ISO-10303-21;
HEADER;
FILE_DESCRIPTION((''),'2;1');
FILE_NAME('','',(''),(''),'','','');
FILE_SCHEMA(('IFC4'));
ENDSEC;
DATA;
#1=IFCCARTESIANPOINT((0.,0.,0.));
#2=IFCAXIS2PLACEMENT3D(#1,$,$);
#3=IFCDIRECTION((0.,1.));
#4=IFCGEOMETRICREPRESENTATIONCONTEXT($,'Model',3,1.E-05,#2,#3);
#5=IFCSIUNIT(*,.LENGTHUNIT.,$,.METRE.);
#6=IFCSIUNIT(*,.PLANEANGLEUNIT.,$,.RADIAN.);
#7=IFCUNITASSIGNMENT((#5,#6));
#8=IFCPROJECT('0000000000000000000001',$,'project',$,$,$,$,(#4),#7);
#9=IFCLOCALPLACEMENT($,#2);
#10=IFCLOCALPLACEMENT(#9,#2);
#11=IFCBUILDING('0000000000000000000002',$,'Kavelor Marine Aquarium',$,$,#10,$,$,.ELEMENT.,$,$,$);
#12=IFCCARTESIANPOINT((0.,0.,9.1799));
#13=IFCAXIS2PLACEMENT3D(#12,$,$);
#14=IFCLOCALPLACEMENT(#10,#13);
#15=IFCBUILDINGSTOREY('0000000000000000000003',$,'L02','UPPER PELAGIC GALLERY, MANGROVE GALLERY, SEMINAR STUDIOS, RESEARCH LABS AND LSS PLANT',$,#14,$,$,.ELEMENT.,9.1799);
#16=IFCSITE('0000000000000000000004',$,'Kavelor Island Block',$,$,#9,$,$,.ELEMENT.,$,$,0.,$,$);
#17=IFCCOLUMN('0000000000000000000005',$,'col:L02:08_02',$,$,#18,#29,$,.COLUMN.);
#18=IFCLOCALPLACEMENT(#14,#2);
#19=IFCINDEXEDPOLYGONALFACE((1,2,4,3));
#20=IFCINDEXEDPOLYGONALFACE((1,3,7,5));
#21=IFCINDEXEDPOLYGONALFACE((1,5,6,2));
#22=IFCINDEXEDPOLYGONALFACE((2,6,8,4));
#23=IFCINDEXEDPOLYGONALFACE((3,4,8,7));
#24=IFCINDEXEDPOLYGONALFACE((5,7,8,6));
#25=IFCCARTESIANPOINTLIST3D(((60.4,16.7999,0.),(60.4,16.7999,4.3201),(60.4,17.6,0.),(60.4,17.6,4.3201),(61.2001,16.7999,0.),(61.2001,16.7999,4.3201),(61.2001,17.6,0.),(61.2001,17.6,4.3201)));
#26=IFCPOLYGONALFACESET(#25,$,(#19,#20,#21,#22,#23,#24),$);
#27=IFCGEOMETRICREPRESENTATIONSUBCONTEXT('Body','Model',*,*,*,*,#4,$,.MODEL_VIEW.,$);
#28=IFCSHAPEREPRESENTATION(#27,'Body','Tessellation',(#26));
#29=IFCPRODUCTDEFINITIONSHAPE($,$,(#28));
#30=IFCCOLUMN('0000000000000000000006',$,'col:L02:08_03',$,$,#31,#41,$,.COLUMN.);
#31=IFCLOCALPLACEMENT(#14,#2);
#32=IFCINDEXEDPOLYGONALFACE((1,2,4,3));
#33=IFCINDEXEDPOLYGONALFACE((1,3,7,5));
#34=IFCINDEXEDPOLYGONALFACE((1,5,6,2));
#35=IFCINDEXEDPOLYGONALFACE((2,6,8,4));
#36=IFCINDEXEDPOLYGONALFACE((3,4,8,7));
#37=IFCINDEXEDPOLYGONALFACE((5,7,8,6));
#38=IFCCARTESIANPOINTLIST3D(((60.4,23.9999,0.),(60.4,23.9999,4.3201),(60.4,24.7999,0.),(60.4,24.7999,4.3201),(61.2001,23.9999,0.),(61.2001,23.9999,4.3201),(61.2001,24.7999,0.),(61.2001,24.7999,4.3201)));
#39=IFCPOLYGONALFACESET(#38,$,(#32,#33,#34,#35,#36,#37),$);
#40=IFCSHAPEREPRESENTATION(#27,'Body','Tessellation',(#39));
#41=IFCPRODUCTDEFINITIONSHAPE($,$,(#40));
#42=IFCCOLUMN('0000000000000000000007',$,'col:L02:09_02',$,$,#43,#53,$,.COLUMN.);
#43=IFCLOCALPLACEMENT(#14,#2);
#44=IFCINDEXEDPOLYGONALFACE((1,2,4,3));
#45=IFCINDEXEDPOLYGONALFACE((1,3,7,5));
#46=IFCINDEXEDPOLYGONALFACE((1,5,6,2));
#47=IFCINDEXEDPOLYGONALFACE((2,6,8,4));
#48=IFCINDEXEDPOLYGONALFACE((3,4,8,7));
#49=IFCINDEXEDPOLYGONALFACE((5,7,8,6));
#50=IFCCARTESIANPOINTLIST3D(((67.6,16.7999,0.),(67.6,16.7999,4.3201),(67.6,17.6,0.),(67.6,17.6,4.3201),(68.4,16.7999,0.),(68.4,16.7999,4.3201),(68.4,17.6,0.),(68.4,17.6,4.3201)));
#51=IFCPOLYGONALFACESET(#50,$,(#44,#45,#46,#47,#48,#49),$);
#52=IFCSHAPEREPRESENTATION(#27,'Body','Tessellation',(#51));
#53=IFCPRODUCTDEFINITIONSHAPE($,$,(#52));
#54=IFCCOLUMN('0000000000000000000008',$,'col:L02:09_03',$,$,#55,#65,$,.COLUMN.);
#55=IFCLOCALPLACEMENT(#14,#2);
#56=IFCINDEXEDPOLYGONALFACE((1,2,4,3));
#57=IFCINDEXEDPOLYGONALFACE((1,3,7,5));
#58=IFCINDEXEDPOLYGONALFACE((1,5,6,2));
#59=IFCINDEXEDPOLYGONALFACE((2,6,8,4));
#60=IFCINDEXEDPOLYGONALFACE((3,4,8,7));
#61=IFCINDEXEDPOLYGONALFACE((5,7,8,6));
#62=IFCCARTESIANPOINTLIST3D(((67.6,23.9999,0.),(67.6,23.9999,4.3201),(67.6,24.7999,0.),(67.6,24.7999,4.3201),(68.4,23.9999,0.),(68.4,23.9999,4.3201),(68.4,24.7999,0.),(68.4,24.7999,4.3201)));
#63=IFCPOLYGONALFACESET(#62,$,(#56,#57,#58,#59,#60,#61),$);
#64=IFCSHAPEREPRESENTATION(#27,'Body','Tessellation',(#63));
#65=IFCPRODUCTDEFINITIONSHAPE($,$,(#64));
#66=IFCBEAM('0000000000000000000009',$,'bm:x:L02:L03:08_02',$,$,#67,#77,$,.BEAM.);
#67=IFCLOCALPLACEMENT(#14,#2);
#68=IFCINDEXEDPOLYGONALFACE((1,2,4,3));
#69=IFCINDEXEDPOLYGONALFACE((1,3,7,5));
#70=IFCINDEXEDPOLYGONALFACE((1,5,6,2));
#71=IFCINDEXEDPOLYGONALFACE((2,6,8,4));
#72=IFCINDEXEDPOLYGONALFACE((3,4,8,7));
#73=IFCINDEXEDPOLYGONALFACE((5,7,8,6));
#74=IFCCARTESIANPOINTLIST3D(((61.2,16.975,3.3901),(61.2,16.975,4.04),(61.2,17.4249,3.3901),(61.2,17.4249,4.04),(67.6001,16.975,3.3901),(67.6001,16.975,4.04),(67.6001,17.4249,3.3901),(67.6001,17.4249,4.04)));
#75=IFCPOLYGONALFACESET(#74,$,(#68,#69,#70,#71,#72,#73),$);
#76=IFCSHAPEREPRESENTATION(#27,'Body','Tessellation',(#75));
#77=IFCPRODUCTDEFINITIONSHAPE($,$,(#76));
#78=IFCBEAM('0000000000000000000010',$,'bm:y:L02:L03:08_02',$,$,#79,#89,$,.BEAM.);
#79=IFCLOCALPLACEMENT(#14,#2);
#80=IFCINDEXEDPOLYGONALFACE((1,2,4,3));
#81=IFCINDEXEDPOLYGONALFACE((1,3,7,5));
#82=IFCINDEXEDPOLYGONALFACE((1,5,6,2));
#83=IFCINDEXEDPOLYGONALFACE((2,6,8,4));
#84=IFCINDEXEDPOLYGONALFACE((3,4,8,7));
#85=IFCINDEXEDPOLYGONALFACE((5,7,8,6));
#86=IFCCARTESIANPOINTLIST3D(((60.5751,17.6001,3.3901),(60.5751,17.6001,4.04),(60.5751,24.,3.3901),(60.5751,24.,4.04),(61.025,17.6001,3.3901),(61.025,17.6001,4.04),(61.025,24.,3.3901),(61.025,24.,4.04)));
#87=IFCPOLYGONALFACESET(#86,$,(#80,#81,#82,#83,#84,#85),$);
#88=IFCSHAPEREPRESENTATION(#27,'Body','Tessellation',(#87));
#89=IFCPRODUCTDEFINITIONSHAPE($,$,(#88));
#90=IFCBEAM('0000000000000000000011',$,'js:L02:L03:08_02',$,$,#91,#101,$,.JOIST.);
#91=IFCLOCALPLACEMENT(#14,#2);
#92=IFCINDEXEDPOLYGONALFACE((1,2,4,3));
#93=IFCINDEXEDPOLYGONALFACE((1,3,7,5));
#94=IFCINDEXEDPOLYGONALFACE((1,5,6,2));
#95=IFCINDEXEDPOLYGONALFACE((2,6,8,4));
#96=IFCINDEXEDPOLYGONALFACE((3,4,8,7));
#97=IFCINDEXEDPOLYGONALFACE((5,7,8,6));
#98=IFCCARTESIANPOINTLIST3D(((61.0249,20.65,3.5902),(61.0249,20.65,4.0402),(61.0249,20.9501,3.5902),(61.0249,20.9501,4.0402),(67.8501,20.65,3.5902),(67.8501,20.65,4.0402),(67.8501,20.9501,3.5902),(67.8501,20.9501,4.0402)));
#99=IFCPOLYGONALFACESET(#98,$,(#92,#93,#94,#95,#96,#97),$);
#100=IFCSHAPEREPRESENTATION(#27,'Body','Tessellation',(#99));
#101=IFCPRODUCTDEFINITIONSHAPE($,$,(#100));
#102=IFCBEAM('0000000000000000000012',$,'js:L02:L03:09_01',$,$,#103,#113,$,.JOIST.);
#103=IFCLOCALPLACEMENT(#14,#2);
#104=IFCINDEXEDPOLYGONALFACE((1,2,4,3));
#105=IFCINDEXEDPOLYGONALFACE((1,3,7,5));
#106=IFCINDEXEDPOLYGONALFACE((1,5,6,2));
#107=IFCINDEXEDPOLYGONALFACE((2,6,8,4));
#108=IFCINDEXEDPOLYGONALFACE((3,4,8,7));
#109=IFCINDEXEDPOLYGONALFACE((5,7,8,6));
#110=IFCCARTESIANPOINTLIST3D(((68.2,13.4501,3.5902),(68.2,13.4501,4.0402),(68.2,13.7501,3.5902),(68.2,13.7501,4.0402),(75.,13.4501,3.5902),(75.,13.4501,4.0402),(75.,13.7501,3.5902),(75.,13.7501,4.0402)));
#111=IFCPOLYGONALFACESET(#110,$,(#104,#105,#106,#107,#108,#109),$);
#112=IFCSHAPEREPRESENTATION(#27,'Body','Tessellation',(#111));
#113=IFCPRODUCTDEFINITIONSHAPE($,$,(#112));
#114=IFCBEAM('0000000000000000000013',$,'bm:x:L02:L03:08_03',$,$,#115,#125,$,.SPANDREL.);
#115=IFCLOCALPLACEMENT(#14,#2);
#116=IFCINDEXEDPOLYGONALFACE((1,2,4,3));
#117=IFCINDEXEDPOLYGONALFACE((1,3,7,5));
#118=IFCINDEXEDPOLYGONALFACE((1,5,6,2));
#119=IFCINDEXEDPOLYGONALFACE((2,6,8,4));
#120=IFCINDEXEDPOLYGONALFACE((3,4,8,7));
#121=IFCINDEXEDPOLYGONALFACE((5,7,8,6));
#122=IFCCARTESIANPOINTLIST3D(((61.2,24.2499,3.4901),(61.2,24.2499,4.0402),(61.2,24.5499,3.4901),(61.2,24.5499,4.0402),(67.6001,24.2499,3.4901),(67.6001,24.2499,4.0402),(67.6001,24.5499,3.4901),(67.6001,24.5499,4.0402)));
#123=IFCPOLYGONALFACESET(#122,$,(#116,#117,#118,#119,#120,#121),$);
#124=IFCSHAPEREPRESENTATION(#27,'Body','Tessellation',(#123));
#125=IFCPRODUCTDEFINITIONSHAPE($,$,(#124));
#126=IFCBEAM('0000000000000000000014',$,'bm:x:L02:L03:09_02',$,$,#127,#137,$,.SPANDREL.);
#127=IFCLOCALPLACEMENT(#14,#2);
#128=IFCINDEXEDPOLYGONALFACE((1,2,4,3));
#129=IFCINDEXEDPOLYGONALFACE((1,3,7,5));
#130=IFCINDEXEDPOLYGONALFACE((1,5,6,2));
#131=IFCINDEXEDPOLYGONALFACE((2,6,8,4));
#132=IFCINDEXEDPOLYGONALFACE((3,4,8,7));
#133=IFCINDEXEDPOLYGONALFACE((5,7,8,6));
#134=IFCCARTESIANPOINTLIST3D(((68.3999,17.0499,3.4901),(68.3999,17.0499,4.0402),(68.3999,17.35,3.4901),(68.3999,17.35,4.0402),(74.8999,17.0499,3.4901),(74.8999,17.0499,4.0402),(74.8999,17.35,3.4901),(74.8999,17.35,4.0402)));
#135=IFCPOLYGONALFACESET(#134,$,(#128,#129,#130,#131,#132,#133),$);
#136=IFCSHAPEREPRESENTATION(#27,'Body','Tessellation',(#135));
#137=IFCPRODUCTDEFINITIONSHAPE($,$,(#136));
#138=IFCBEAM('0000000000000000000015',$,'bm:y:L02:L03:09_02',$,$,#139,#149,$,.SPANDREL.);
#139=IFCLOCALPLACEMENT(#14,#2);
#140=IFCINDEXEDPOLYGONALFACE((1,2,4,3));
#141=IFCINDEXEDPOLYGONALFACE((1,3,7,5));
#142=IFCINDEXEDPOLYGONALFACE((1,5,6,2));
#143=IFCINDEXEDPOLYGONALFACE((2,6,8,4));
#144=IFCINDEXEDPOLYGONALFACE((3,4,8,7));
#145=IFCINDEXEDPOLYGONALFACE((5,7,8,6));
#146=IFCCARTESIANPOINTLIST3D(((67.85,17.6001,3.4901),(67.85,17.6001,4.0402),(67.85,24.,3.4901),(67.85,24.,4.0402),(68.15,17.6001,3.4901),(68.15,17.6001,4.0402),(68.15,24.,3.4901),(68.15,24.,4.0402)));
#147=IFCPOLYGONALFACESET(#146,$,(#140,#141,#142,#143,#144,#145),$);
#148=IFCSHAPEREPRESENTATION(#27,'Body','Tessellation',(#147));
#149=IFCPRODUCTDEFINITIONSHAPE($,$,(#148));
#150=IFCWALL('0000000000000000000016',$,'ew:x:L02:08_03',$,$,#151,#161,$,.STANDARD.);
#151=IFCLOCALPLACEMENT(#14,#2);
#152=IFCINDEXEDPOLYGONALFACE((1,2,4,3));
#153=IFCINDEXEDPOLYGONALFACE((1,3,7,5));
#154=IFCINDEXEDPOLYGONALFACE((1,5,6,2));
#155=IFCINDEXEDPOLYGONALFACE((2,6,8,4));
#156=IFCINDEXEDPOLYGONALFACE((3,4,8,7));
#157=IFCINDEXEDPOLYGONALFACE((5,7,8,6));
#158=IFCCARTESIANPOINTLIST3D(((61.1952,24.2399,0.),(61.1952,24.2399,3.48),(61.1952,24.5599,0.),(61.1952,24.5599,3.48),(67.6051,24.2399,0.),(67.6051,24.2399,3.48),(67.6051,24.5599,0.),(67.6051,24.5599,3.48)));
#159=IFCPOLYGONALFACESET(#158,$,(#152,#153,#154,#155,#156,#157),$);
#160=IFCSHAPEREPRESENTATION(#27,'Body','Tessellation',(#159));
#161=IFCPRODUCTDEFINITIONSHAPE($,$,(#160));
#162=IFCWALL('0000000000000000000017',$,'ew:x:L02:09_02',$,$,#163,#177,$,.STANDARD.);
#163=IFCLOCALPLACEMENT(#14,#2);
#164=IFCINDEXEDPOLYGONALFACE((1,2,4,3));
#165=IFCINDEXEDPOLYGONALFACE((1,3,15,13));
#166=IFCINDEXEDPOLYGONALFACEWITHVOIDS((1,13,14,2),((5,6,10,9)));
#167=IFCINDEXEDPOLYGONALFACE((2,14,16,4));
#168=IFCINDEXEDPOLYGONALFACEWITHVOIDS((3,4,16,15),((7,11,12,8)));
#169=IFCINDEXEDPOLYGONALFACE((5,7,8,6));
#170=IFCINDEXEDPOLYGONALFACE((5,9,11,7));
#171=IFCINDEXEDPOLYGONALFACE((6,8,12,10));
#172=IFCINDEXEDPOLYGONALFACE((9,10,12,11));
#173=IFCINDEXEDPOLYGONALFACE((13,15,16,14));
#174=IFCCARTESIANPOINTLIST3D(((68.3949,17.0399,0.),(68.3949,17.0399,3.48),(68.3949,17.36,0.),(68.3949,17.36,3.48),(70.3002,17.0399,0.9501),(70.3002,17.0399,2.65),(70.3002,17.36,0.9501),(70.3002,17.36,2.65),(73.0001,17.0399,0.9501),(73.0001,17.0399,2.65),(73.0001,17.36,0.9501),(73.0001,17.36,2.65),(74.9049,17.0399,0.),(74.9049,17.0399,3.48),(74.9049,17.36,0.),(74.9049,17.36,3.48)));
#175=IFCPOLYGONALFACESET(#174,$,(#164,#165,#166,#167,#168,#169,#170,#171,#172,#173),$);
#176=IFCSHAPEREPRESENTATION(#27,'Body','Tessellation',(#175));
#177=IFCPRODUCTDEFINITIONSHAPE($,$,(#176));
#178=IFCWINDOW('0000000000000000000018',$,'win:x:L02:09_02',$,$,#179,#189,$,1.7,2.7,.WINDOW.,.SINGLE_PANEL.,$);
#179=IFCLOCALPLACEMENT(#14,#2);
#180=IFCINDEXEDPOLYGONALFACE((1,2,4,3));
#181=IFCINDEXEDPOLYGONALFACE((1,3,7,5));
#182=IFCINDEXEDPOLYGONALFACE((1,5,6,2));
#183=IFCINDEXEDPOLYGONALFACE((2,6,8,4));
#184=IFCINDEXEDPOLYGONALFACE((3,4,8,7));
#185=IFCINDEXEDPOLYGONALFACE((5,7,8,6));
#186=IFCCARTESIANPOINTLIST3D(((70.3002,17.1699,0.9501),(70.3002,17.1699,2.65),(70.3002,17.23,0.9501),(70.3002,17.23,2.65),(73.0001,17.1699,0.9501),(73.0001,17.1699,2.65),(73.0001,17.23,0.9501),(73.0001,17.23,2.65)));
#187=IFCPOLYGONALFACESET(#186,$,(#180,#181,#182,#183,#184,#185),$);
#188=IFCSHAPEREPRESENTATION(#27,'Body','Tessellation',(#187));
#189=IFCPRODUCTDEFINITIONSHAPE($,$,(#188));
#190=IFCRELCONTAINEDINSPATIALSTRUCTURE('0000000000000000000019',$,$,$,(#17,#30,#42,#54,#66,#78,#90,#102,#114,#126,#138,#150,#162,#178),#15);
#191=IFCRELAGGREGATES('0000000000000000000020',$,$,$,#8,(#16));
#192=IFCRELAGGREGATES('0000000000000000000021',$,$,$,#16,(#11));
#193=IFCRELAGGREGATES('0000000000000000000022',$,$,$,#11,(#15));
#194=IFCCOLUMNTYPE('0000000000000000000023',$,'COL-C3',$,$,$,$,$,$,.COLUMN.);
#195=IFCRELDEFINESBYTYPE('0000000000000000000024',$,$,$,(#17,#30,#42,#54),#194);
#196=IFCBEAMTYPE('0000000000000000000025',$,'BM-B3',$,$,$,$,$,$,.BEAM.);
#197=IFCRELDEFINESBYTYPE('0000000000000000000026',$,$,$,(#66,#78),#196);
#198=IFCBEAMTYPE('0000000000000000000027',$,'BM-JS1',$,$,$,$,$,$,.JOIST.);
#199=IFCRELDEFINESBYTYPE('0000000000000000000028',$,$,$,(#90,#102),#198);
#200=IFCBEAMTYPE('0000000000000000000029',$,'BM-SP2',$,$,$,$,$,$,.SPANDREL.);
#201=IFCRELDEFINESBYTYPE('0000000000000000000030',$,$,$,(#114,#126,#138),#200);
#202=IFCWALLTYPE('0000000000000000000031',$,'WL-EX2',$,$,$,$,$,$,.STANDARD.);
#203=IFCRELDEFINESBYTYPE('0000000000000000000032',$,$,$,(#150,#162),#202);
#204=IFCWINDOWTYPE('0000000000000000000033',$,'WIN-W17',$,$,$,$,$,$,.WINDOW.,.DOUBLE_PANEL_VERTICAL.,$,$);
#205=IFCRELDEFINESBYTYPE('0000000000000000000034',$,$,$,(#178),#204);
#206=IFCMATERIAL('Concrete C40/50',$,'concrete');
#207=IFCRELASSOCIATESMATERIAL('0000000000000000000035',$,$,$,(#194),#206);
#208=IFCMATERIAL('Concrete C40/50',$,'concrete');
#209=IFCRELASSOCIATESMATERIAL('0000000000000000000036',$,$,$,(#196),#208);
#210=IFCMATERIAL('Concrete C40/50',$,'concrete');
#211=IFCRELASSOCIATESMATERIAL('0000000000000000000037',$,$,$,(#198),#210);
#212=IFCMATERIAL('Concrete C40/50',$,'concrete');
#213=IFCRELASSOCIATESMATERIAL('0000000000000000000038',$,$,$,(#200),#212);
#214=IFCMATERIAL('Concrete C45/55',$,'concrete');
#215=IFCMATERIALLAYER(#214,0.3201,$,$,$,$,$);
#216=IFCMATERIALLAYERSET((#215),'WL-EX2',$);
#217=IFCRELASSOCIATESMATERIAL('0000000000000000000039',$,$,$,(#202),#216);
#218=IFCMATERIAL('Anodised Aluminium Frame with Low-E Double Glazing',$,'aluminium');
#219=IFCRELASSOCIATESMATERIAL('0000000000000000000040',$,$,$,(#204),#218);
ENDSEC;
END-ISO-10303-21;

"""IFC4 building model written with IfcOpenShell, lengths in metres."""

from ifc_helpers import new_model, si_unit, direction, frame, frame_2d, origin, origin_2d, place, context, subcontext, project, spatial, rectangle, extrude, material, layer, layer_set, material_profile, profile_set, type_object, element, fill, save


model = new_model("IFC4")

# Units and contexts
model_context = context("Model", 3, precision=1e-05, world=origin(), true_north=direction((0.0, 1.0)))
body_context = subcontext(model_context, "Body", "Model", "MODEL_VIEW")
ifc_project = project(units=[si_unit("LENGTHUNIT", "METRE"), si_unit("PLANEANGLEUNIT", "RADIAN")], contexts=[model_context])

# Site, building, storey
site_placement = place(None, origin())
site = spatial("IfcSite", under=ifc_project, at=site_placement, Name="Kavelor Island Block", CompositionType="ELEMENT", RefElevation=0.0)
building_placement = place(site_placement, origin())
building = spatial("IfcBuilding", under=site, at=building_placement, Name="Kavelor Marine Aquarium", CompositionType="ELEMENT")
storey_placement = place(building_placement, frame((0.0, 0.0, 9.1799)))
storey = spatial("IfcBuildingStorey", under=building, at=storey_placement, Name="L02", Description="UPPER PELAGIC GALLERY, MANGROVE GALLERY, SEMINAR STUDIOS, RESEARCH LABS AND LSS PLANT", CompositionType="ELEMENT", Elevation=9.1799)

# Columns
ifc_material_1 = material(Name="Concrete C40/50", Category="concrete")
ifc_material_profile_1 = material_profile(ifc_material_1, rectangle(XDim=0.8, YDim=0.8, at=origin_2d()), Name="RC-COL 800x800")
ifc_profile_set_1 = profile_set([ifc_material_profile_1], Name="Concrete C40/50")
column_type = type_object("IfcColumnType", Name="COL-C3", PredefinedType="COLUMN", material=ifc_profile_set_1)
for number, where, z_axis, x_axis, name in (
    (1, (60.8, 17.2, 0.0), (0.0, 0.0, 1.0), (1.0, 0.0, 0.0), "col:L02:08_02"),
    (2, (60.8, 24.3999, 0.0), (0.0, 0.0, 1.0), (1.0, 0.0, 0.0), "col:L02:08_03"),
    (3, (68.0, 17.2, 0.0), (0.0, 0.0, 1.0), (1.0, 0.0, 0.0), "col:L02:09_02"),
    (4, (68.0, 24.3999, 0.0), (0.0, 0.0, 1.0), (1.0, 0.0, 0.0), "col:L02:09_03"),
):
    element("IfcColumn", number, at=place(storey_placement, frame(where, z_axis=z_axis, x_axis=x_axis)), inside=storey, type_object=column_type, Name=name, PredefinedType="COLUMN", context=body_context, shape_type="SweptSolid", body=[
        extrude(rectangle(XDim=0.8, YDim=0.8, at=origin_2d()), origin(), (0.0, 0.0, 1.0), 4.3201),
    ])

# Beams
ifc_material_2 = material(Name="Concrete C40/50", Category="concrete")
ifc_material_profile_2 = material_profile(ifc_material_2, rectangle(XDim=0.45, YDim=0.6499, at=origin_2d()), Name="RC-BM 450x650")
ifc_profile_set_2 = profile_set([ifc_material_profile_2], Name="Concrete C40/50")
beam_type_1 = type_object("IfcBeamType", Name="BM-B3", PredefinedType="BEAM", material=ifc_profile_set_2)
beam_1_placement = place(storey_placement, frame((61.2, 17.2, 3.7151), z_axis=(1.0, 0.0, 0.0), x_axis=(0.0, 1.0, 0.0)))
element("IfcBeam", 5, at=beam_1_placement, inside=storey, type_object=beam_type_1, Name="bm:x:L02:L03:08_02", PredefinedType="BEAM", context=body_context, shape_type="SweptSolid", body=[
    extrude(rectangle(XDim=0.45, YDim=0.6499, at=origin_2d()), origin(), (0.0, 0.0, 1.0), 6.4001),
])
beam_2_placement = place(storey_placement, frame((60.8, 17.6001, 3.7151), z_axis=(0.0, 1.0, 0.0), x_axis=(-1.0, 0.0, 0.0)))
element("IfcBeam", 6, at=beam_2_placement, inside=storey, type_object=beam_type_1, Name="bm:y:L02:L03:08_02", PredefinedType="BEAM", context=body_context, shape_type="SweptSolid", body=[
    extrude(rectangle(XDim=0.45, YDim=0.6499, at=origin_2d()), origin(), (0.0, 0.0, 1.0), 6.3999),
])
ifc_material_3 = material(Name="Concrete C40/50", Category="concrete")
ifc_material_profile_3 = material_profile(ifc_material_3, rectangle(XDim=0.3, YDim=0.45, at=origin_2d()), Name="RC-JS 300x450")
ifc_profile_set_3 = profile_set([ifc_material_profile_3], Name="Concrete C40/50")
beam_type_2 = type_object("IfcBeamType", Name="BM-JS1", PredefinedType="JOIST", material=ifc_profile_set_3)
beam_3_placement = place(storey_placement, frame((61.0249, 20.8, 3.8152), z_axis=(1.0, 0.0, 0.0), x_axis=(0.0, 1.0, 0.0)))
element("IfcBeam", 7, at=beam_3_placement, inside=storey, type_object=beam_type_2, Name="js:L02:L03:08_02", PredefinedType="JOIST", context=body_context, shape_type="SweptSolid", body=[
    extrude(rectangle(XDim=0.3, YDim=0.45, at=origin_2d()), origin(), (0.0, 0.0, 1.0), 6.8252),
])
beam_4_placement = place(storey_placement, frame((68.2, 13.6001, 3.8152), z_axis=(1.0, 0.0, 0.0), x_axis=(0.0, 1.0, 0.0)))
element("IfcBeam", 8, at=beam_4_placement, inside=storey, type_object=beam_type_2, Name="js:L02:L03:09_01", PredefinedType="JOIST", context=body_context, shape_type="SweptSolid", body=[
    extrude(rectangle(XDim=0.3, YDim=0.45, at=origin_2d()), origin(), (0.0, 0.0, 1.0), 6.8),
])
ifc_material_4 = material(Name="Concrete C40/50", Category="concrete")
ifc_material_profile_4 = material_profile(ifc_material_4, rectangle(XDim=0.3, YDim=0.55, at=origin_2d()), Name="RC-SP 300x550")
ifc_profile_set_4 = profile_set([ifc_material_profile_4], Name="Concrete C40/50")
beam_type_3 = type_object("IfcBeamType", Name="BM-SP2", PredefinedType="SPANDREL", material=ifc_profile_set_4)
beam_5_placement = place(storey_placement, frame((61.2, 24.3999, 3.7651), z_axis=(1.0, 0.0, 0.0), x_axis=(0.0, 1.0, 0.0)))
element("IfcBeam", 9, at=beam_5_placement, inside=storey, type_object=beam_type_3, Name="bm:x:L02:L03:08_03", PredefinedType="SPANDREL", context=body_context, shape_type="SweptSolid", body=[
    extrude(rectangle(XDim=0.3, YDim=0.55, at=origin_2d()), origin(), (0.0, 0.0, 1.0), 6.4001),
])
beam_6_placement = place(storey_placement, frame((68.3999, 17.2, 3.7651), z_axis=(1.0, 0.0, 0.0), x_axis=(0.0, 1.0, 0.0)))
element("IfcBeam", 10, at=beam_6_placement, inside=storey, type_object=beam_type_3, Name="bm:x:L02:L03:09_02", PredefinedType="SPANDREL", context=body_context, shape_type="SweptSolid", body=[
    extrude(rectangle(XDim=0.3, YDim=0.55, at=origin_2d()), origin(), (0.0, 0.0, 1.0), 6.5),
])
beam_7_placement = place(storey_placement, frame((68.0, 17.6001, 3.7651), z_axis=(0.0, 1.0, 0.0), x_axis=(-1.0, 0.0, 0.0)))
element("IfcBeam", 11, at=beam_7_placement, inside=storey, type_object=beam_type_3, Name="bm:y:L02:L03:09_02", PredefinedType="SPANDREL", context=body_context, shape_type="SweptSolid", body=[
    extrude(rectangle(XDim=0.3, YDim=0.55, at=origin_2d()), origin(), (0.0, 0.0, 1.0), 6.3999),
])

# Wall
ifc_material_5 = material(Name="Concrete C45/55", Category="concrete")
ifc_layer_1 = layer(ifc_material_5, 0.3201)
ifc_layer_set_1 = layer_set([ifc_layer_1], Name="WL-EX2")
wall_type_1 = type_object("IfcWallType", Name="WL-EX2", PredefinedType="STANDARD", material=ifc_layer_set_1)
wall_1_placement = place(storey_placement, frame((61.1951, 24.3999, 0.0), z_axis=(0.0, 0.0, 1.0), x_axis=(1.0, 0.0, 0.0)))
element("IfcWall", 12, at=wall_1_placement, inside=storey, type_object=wall_type_1, Name="ew:x:L02:08_03", PredefinedType="STANDARD", context=body_context, shape_type="SweptSolid", body=[
    extrude(rectangle(XDim=6.4099, YDim=0.3201, at=frame_2d((3.2051, 0.0))), origin(), (0.0, 0.0, 1.0), 3.48),
])

# Wall, opening, window
wall_2_placement = place(storey_placement, frame((68.395, 17.2, 0.0), z_axis=(0.0, 0.0, 1.0), x_axis=(1.0, 0.0, 0.0)))
wall_2 = element("IfcWall", 13, at=wall_2_placement, inside=storey, type_object=wall_type_1, Name="ew:x:L02:09_02", PredefinedType="STANDARD", context=body_context, shape_type="SweptSolid", body=[
    extrude(rectangle(XDim=6.51, YDim=0.3201, at=frame_2d((3.2549, 0.0))), origin(), (0.0, 0.0, 1.0), 3.48),
])
opening_1_placement = place(wall_2_placement, frame((1.905, 0.0, 0.95)))
opening_1 = element("IfcOpeningElement", 14, at=opening_1_placement, cuts=wall_2, PredefinedType="OPENING", context=body_context, shape_type="SweptSolid", body=[
    extrude(rectangle(XDim=2.7, YDim=1.7, at=frame_2d((1.3501, 0.8501))), frame((0.0, 0.1699, 0.0), z_axis=(0.0, -1.0, 0.0), x_axis=(1.0, 0.0, 0.0)), (0.0, 0.0, 1.0), 0.3401),
])
ifc_material_6 = material(Name="Anodised Aluminium Frame with Low-E Double Glazing", Category="aluminium")
window_type = type_object("IfcWindowType", Name="WIN-W17", PartitioningType="DOUBLE_PANEL_VERTICAL", PredefinedType="WINDOW", material=ifc_material_6)
window_placement = place(opening_1_placement, origin())
window = element("IfcWindow", 15, at=window_placement, inside=storey, type_object=window_type, Name="win:x:L02:09_02", OverallHeight=1.7, OverallWidth=2.7, PartitioningType="SINGLE_PANEL", PredefinedType="WINDOW", context=body_context, shape_type="SweptSolid", body=[
    extrude(rectangle(XDim=2.7, YDim=1.7, at=frame_2d((1.3501, 0.8501))), frame((0.0, 0.03, 0.0), z_axis=(0.0, -1.0, 0.0), x_axis=(1.0, 0.0, 0.0)), (0.0, 0.0, 1.0), 0.0601),
])
fill(opening_1, window)

save(model, "model.ifc")
